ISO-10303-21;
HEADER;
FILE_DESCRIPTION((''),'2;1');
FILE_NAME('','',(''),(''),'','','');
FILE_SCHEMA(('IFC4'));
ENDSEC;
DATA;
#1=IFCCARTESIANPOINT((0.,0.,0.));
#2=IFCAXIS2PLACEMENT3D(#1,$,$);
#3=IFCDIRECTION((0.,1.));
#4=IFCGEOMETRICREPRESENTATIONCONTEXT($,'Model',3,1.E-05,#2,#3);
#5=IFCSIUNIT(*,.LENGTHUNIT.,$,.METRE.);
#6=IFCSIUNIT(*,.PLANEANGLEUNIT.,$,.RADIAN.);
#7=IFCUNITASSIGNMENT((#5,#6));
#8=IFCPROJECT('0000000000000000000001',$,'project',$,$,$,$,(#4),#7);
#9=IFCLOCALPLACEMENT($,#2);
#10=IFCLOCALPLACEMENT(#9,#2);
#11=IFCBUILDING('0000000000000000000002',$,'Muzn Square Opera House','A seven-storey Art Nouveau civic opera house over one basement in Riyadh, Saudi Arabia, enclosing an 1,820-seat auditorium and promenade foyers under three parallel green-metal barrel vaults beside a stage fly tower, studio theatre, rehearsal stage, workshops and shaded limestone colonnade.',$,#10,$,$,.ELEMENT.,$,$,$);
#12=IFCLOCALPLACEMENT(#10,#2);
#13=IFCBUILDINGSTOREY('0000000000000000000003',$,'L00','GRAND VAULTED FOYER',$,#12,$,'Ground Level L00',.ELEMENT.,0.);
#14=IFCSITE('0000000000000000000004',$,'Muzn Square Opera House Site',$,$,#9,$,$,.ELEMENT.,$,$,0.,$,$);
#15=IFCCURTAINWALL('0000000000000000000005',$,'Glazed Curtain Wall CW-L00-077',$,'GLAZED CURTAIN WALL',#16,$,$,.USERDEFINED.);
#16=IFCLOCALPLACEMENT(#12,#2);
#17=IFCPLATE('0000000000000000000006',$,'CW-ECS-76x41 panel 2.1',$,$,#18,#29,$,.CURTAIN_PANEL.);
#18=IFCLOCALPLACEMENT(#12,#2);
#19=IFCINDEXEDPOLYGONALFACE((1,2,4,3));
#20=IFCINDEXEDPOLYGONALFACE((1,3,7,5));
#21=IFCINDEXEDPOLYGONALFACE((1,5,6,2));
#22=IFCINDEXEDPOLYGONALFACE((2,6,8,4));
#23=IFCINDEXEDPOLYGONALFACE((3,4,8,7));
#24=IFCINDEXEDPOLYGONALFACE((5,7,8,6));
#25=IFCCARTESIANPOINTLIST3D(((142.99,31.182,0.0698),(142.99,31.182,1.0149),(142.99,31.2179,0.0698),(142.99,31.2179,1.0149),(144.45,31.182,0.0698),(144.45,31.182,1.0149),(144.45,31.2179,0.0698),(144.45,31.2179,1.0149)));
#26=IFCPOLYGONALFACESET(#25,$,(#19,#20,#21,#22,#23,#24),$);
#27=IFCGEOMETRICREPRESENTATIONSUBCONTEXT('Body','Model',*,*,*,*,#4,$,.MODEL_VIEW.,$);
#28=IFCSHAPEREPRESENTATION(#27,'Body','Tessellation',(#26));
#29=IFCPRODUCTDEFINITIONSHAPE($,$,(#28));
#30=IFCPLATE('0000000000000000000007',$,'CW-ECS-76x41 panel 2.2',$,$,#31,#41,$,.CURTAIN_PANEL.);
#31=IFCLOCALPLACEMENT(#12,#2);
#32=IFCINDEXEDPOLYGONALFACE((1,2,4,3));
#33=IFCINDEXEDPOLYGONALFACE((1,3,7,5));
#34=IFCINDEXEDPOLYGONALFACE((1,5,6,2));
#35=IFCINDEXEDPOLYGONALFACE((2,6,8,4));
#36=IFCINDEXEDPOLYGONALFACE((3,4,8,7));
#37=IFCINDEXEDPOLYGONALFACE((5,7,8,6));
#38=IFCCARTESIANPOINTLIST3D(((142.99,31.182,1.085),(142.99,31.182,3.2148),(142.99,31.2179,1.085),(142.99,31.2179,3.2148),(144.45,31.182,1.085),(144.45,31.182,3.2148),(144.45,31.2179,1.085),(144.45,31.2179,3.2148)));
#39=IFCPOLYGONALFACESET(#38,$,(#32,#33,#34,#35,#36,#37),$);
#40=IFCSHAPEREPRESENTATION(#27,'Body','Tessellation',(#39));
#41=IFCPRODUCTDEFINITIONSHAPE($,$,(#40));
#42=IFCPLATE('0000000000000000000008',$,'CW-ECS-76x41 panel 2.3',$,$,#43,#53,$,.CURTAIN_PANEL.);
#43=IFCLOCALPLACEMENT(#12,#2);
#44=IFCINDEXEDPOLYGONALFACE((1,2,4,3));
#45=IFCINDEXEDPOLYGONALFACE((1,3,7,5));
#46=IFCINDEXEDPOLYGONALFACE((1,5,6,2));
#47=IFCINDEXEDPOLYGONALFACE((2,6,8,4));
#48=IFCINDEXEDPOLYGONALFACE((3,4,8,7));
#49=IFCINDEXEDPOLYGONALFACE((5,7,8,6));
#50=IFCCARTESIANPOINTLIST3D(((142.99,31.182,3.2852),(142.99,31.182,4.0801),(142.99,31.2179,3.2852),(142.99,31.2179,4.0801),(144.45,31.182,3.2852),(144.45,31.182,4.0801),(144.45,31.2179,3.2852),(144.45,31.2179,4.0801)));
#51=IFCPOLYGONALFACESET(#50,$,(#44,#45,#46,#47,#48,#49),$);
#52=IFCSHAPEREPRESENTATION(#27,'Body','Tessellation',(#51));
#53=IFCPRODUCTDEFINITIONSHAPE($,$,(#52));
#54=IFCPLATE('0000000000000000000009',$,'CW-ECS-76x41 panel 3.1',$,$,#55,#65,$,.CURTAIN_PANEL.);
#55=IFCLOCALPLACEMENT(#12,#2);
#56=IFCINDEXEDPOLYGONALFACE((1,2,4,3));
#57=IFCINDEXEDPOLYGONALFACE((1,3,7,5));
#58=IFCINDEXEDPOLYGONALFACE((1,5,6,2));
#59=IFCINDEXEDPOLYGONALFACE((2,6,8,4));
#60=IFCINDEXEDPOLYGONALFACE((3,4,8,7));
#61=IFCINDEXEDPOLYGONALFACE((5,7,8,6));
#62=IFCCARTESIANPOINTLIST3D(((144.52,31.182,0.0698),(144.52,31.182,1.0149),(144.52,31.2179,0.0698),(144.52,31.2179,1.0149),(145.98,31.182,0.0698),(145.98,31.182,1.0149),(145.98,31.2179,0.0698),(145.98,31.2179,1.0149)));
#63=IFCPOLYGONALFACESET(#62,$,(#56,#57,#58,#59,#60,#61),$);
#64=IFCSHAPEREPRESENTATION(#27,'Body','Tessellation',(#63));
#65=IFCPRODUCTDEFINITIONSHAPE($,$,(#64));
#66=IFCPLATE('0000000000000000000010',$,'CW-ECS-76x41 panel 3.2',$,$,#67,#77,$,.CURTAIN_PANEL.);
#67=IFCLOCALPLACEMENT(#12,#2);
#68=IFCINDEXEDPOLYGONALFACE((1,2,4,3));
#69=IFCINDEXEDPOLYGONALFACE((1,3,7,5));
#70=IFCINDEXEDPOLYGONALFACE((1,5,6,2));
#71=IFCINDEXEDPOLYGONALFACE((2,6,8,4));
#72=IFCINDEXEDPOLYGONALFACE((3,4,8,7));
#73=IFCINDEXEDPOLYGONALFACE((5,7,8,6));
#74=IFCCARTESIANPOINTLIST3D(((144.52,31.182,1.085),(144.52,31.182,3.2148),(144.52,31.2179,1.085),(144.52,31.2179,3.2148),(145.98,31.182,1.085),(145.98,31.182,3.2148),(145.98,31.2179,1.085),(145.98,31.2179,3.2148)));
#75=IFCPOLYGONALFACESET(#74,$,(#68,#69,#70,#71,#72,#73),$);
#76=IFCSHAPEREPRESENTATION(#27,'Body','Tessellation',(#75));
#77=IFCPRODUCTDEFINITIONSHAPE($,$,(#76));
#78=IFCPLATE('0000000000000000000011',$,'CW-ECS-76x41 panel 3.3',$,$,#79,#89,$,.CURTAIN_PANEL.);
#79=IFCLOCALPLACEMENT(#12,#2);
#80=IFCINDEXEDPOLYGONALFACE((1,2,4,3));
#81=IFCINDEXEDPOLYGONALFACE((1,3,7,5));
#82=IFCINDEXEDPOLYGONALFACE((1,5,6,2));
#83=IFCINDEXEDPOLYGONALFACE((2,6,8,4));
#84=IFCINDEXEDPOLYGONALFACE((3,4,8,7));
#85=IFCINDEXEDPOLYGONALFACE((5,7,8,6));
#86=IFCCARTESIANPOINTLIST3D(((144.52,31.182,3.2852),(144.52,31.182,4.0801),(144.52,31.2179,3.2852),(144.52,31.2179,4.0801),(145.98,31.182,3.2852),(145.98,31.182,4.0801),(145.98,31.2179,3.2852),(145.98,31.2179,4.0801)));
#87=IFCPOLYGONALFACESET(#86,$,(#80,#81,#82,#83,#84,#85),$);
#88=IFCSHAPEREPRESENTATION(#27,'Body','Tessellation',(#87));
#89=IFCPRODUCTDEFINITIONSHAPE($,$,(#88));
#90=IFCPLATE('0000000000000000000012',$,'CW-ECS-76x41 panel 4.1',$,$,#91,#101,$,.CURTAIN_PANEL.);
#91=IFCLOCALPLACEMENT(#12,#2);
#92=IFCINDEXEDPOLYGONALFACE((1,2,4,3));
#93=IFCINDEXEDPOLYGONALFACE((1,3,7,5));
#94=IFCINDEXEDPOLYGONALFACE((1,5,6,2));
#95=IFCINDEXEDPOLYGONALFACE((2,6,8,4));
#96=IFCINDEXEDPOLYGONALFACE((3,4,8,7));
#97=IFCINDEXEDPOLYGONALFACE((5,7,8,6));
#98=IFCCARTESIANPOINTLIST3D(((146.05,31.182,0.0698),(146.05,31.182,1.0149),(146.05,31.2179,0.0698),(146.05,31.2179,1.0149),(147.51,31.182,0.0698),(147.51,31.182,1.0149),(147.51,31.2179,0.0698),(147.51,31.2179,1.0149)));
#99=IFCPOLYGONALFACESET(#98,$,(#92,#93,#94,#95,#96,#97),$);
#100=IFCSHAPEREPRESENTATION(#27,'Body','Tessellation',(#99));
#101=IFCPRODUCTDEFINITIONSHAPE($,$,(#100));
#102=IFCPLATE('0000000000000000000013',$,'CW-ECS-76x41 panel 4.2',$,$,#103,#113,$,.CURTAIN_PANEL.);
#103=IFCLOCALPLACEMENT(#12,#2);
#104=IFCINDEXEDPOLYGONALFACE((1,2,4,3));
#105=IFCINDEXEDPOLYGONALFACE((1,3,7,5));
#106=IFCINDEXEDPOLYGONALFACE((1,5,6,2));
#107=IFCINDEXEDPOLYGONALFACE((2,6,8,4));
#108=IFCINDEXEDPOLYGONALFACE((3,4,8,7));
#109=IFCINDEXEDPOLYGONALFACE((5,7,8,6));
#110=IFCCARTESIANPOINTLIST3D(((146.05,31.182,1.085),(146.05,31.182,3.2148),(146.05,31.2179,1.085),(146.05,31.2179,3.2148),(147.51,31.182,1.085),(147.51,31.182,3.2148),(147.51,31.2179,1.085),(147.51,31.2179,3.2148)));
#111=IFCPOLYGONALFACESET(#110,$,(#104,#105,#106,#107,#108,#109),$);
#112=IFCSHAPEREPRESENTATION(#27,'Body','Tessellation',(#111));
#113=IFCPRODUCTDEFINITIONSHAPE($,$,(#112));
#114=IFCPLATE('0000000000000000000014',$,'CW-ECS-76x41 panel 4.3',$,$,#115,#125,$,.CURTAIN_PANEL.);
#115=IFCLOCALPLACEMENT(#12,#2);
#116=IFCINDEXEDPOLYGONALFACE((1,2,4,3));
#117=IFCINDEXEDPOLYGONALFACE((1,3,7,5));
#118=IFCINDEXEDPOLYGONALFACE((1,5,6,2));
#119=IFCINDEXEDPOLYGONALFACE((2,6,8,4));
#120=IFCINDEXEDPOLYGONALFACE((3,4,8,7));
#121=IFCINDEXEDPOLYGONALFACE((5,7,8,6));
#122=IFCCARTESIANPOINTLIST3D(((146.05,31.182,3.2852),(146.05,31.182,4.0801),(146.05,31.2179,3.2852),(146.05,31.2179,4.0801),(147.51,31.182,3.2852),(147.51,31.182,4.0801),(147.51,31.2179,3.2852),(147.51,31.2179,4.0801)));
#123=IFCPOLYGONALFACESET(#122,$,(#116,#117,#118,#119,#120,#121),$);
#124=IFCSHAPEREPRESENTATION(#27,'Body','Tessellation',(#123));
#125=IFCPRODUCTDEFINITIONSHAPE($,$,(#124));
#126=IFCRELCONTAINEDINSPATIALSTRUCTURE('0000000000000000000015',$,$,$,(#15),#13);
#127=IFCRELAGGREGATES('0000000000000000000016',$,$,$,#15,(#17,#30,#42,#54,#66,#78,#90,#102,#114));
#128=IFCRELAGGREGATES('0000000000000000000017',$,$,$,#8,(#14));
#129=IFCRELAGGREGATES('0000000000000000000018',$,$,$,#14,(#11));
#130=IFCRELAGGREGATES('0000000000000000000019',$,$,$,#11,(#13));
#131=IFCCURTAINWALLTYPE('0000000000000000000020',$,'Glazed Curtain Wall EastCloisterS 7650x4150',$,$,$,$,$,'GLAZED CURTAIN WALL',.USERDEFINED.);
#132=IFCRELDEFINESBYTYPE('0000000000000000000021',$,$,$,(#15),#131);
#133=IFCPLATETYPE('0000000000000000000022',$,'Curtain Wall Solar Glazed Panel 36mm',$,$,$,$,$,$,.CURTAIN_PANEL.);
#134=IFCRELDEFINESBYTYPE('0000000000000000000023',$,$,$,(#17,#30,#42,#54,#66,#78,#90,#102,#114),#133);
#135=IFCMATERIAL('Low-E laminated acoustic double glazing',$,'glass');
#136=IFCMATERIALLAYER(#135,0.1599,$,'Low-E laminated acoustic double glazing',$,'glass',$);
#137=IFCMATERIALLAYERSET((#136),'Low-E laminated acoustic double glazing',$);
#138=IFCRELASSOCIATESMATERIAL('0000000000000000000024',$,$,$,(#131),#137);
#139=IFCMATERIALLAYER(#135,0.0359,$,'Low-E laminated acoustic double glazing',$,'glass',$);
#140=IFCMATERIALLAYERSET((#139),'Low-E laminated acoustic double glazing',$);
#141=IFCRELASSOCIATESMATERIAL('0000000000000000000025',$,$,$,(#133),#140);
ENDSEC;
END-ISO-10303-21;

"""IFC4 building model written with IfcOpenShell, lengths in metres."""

from ifc_helpers import new_model, si_unit, direction, frame, origin, origin_2d, place, context, subcontext, project, spatial, rectangle, extrude, material, layer, layer_set, type_object, element, aggregate, save


model = new_model("IFC4")

# Units and contexts
model_context = context("Model", 3, precision=1e-05, world=origin(), true_north=direction((0.0, 1.0)))
body_context = subcontext(model_context, "Body", "Model", "MODEL_VIEW")
ifc_project = project(units=[si_unit("LENGTHUNIT", "METRE"), si_unit("PLANEANGLEUNIT", "RADIAN")], contexts=[model_context])

# Site, building, storey
site_placement = place(None, origin())
site = spatial("IfcSite", under=ifc_project, at=site_placement, Name="Muzn Square Opera House Site", CompositionType="ELEMENT", RefElevation=0.0)
building_placement = place(site_placement, origin())
building = spatial("IfcBuilding", under=site, at=building_placement, Name="Muzn Square Opera House", Description="A seven-storey Art Nouveau civic opera house over one basement in Riyadh, Saudi Arabia, enclosing an 1,820-seat auditorium and promenade foyers under three parallel green-metal barrel vaults beside a stage fly tower, studio theatre, rehearsal stage, workshops and shaded limestone colonnade.", CompositionType="ELEMENT")
storey_placement = place(building_placement, origin())
storey = spatial("IfcBuildingStorey", under=building, at=storey_placement, Name="L00", Description="GRAND VAULTED FOYER", LongName="Ground Level L00", CompositionType="ELEMENT", Elevation=0.0)

# Curtain wall, plates
ifc_material_1 = material(Name="Low-E laminated acoustic double glazing", Category="glass")
ifc_layer_1 = layer(ifc_material_1, 0.1599, Name="Low-E laminated acoustic double glazing", Category="glass")
ifc_layer_set_1 = layer_set([ifc_layer_1], Name="Low-E laminated acoustic double glazing")
curtain_wall_type = type_object("IfcCurtainWallType", Name="Glazed Curtain Wall EastCloisterS 7650x4150", ElementType="GLAZED CURTAIN WALL", PredefinedType="USERDEFINED", material=ifc_layer_set_1)
curtain_wall_placement = place(storey_placement, origin())
curtain_wall = element("IfcCurtainWall", 1, at=curtain_wall_placement, inside=storey, type_object=curtain_wall_type, Name="Glazed Curtain Wall CW-L00-077", ObjectType="GLAZED CURTAIN WALL", PredefinedType="USERDEFINED")
ifc_layer_2 = layer(ifc_material_1, 0.0359, Name="Low-E laminated acoustic double glazing", Category="glass")
ifc_layer_set_2 = layer_set([ifc_layer_2], Name="Low-E laminated acoustic double glazing")
plate_type = type_object("IfcPlateType", Name="Curtain Wall Solar Glazed Panel 36mm", PredefinedType="CURTAIN_PANEL", material=ifc_layer_set_2)
plate_1_placement = place(storey_placement, frame((143.72, 31.2, 0.0698), z_axis=(0.0, 0.0, 1.0), x_axis=(1.0, 0.0, 0.0)))
plate_1 = element("IfcPlate", 2, at=plate_1_placement, type_object=plate_type, Name="CW-ECS-76x41 panel 2.1", PredefinedType="CURTAIN_PANEL", context=body_context, shape_type="SweptSolid", body=[
    extrude(rectangle(XDim=1.46, YDim=0.0359, at=origin_2d()), origin(), (0.0, 0.0, 1.0), 0.9451),
])
plate_2_placement = place(storey_placement, frame((143.72, 31.2, 1.085), z_axis=(0.0, 0.0, 1.0), x_axis=(1.0, 0.0, 0.0)))
plate_2 = element("IfcPlate", 3, at=plate_2_placement, type_object=plate_type, Name="CW-ECS-76x41 panel 2.2", PredefinedType="CURTAIN_PANEL", context=body_context, shape_type="SweptSolid", body=[
    extrude(rectangle(XDim=1.46, YDim=0.0359, at=origin_2d()), origin(), (0.0, 0.0, 1.0), 2.1299),
])
plate_3_placement = place(storey_placement, frame((143.72, 31.2, 3.2852), z_axis=(0.0, 0.0, 1.0), x_axis=(1.0, 0.0, 0.0)))
plate_3 = element("IfcPlate", 4, at=plate_3_placement, type_object=plate_type, Name="CW-ECS-76x41 panel 2.3", PredefinedType="CURTAIN_PANEL", context=body_context, shape_type="SweptSolid", body=[
    extrude(rectangle(XDim=1.46, YDim=0.0359, at=origin_2d()), origin(), (0.0, 0.0, 1.0), 0.7949),
])
plate_4_placement = place(storey_placement, frame((145.25, 31.2, 0.0698), z_axis=(0.0, 0.0, 1.0), x_axis=(1.0, 0.0, 0.0)))
plate_4 = element("IfcPlate", 5, at=plate_4_placement, type_object=plate_type, Name="CW-ECS-76x41 panel 3.1", PredefinedType="CURTAIN_PANEL", context=body_context, shape_type="SweptSolid", body=[
    extrude(rectangle(XDim=1.46, YDim=0.0359, at=origin_2d()), origin(), (0.0, 0.0, 1.0), 0.9451),
])
plate_5_placement = place(storey_placement, frame((145.25, 31.2, 1.085), z_axis=(0.0, 0.0, 1.0), x_axis=(1.0, 0.0, 0.0)))
plate_5 = element("IfcPlate", 6, at=plate_5_placement, type_object=plate_type, Name="CW-ECS-76x41 panel 3.2", PredefinedType="CURTAIN_PANEL", context=body_context, shape_type="SweptSolid", body=[
    extrude(rectangle(XDim=1.46, YDim=0.0359, at=origin_2d()), origin(), (0.0, 0.0, 1.0), 2.1299),
])
plate_6_placement = place(storey_placement, frame((145.25, 31.2, 3.2852), z_axis=(0.0, 0.0, 1.0), x_axis=(1.0, 0.0, 0.0)))
plate_6 = element("IfcPlate", 7, at=plate_6_placement, type_object=plate_type, Name="CW-ECS-76x41 panel 3.3", PredefinedType="CURTAIN_PANEL", context=body_context, shape_type="SweptSolid", body=[
    extrude(rectangle(XDim=1.46, YDim=0.0359, at=origin_2d()), origin(), (0.0, 0.0, 1.0), 0.7949),
])
plate_7_placement = place(storey_placement, frame((146.78, 31.2, 0.0698), z_axis=(0.0, 0.0, 1.0), x_axis=(1.0, 0.0, 0.0)))
plate_7 = element("IfcPlate", 8, at=plate_7_placement, type_object=plate_type, Name="CW-ECS-76x41 panel 4.1", PredefinedType="CURTAIN_PANEL", context=body_context, shape_type="SweptSolid", body=[
    extrude(rectangle(XDim=1.46, YDim=0.0359, at=origin_2d()), origin(), (0.0, 0.0, 1.0), 0.9451),
])
plate_8_placement = place(storey_placement, frame((146.78, 31.2, 1.085), z_axis=(0.0, 0.0, 1.0), x_axis=(1.0, 0.0, 0.0)))
plate_8 = element("IfcPlate", 9, at=plate_8_placement, type_object=plate_type, Name="CW-ECS-76x41 panel 4.2", PredefinedType="CURTAIN_PANEL", context=body_context, shape_type="SweptSolid", body=[
    extrude(rectangle(XDim=1.46, YDim=0.0359, at=origin_2d()), origin(), (0.0, 0.0, 1.0), 2.1299),
])
plate_9_placement = place(storey_placement, frame((146.78, 31.2, 3.2852), z_axis=(0.0, 0.0, 1.0), x_axis=(1.0, 0.0, 0.0)))
plate_9 = element("IfcPlate", 10, at=plate_9_placement, type_object=plate_type, Name="CW-ECS-76x41 panel 4.3", PredefinedType="CURTAIN_PANEL", context=body_context, shape_type="SweptSolid", body=[
    extrude(rectangle(XDim=1.46, YDim=0.0359, at=origin_2d()), origin(), (0.0, 0.0, 1.0), 0.7949),
])
aggregate(curtain_wall, [plate_1, plate_2, plate_3, plate_4, plate_5, plate_6, plate_7, plate_8, plate_9])

save(model, "model.ifc")
